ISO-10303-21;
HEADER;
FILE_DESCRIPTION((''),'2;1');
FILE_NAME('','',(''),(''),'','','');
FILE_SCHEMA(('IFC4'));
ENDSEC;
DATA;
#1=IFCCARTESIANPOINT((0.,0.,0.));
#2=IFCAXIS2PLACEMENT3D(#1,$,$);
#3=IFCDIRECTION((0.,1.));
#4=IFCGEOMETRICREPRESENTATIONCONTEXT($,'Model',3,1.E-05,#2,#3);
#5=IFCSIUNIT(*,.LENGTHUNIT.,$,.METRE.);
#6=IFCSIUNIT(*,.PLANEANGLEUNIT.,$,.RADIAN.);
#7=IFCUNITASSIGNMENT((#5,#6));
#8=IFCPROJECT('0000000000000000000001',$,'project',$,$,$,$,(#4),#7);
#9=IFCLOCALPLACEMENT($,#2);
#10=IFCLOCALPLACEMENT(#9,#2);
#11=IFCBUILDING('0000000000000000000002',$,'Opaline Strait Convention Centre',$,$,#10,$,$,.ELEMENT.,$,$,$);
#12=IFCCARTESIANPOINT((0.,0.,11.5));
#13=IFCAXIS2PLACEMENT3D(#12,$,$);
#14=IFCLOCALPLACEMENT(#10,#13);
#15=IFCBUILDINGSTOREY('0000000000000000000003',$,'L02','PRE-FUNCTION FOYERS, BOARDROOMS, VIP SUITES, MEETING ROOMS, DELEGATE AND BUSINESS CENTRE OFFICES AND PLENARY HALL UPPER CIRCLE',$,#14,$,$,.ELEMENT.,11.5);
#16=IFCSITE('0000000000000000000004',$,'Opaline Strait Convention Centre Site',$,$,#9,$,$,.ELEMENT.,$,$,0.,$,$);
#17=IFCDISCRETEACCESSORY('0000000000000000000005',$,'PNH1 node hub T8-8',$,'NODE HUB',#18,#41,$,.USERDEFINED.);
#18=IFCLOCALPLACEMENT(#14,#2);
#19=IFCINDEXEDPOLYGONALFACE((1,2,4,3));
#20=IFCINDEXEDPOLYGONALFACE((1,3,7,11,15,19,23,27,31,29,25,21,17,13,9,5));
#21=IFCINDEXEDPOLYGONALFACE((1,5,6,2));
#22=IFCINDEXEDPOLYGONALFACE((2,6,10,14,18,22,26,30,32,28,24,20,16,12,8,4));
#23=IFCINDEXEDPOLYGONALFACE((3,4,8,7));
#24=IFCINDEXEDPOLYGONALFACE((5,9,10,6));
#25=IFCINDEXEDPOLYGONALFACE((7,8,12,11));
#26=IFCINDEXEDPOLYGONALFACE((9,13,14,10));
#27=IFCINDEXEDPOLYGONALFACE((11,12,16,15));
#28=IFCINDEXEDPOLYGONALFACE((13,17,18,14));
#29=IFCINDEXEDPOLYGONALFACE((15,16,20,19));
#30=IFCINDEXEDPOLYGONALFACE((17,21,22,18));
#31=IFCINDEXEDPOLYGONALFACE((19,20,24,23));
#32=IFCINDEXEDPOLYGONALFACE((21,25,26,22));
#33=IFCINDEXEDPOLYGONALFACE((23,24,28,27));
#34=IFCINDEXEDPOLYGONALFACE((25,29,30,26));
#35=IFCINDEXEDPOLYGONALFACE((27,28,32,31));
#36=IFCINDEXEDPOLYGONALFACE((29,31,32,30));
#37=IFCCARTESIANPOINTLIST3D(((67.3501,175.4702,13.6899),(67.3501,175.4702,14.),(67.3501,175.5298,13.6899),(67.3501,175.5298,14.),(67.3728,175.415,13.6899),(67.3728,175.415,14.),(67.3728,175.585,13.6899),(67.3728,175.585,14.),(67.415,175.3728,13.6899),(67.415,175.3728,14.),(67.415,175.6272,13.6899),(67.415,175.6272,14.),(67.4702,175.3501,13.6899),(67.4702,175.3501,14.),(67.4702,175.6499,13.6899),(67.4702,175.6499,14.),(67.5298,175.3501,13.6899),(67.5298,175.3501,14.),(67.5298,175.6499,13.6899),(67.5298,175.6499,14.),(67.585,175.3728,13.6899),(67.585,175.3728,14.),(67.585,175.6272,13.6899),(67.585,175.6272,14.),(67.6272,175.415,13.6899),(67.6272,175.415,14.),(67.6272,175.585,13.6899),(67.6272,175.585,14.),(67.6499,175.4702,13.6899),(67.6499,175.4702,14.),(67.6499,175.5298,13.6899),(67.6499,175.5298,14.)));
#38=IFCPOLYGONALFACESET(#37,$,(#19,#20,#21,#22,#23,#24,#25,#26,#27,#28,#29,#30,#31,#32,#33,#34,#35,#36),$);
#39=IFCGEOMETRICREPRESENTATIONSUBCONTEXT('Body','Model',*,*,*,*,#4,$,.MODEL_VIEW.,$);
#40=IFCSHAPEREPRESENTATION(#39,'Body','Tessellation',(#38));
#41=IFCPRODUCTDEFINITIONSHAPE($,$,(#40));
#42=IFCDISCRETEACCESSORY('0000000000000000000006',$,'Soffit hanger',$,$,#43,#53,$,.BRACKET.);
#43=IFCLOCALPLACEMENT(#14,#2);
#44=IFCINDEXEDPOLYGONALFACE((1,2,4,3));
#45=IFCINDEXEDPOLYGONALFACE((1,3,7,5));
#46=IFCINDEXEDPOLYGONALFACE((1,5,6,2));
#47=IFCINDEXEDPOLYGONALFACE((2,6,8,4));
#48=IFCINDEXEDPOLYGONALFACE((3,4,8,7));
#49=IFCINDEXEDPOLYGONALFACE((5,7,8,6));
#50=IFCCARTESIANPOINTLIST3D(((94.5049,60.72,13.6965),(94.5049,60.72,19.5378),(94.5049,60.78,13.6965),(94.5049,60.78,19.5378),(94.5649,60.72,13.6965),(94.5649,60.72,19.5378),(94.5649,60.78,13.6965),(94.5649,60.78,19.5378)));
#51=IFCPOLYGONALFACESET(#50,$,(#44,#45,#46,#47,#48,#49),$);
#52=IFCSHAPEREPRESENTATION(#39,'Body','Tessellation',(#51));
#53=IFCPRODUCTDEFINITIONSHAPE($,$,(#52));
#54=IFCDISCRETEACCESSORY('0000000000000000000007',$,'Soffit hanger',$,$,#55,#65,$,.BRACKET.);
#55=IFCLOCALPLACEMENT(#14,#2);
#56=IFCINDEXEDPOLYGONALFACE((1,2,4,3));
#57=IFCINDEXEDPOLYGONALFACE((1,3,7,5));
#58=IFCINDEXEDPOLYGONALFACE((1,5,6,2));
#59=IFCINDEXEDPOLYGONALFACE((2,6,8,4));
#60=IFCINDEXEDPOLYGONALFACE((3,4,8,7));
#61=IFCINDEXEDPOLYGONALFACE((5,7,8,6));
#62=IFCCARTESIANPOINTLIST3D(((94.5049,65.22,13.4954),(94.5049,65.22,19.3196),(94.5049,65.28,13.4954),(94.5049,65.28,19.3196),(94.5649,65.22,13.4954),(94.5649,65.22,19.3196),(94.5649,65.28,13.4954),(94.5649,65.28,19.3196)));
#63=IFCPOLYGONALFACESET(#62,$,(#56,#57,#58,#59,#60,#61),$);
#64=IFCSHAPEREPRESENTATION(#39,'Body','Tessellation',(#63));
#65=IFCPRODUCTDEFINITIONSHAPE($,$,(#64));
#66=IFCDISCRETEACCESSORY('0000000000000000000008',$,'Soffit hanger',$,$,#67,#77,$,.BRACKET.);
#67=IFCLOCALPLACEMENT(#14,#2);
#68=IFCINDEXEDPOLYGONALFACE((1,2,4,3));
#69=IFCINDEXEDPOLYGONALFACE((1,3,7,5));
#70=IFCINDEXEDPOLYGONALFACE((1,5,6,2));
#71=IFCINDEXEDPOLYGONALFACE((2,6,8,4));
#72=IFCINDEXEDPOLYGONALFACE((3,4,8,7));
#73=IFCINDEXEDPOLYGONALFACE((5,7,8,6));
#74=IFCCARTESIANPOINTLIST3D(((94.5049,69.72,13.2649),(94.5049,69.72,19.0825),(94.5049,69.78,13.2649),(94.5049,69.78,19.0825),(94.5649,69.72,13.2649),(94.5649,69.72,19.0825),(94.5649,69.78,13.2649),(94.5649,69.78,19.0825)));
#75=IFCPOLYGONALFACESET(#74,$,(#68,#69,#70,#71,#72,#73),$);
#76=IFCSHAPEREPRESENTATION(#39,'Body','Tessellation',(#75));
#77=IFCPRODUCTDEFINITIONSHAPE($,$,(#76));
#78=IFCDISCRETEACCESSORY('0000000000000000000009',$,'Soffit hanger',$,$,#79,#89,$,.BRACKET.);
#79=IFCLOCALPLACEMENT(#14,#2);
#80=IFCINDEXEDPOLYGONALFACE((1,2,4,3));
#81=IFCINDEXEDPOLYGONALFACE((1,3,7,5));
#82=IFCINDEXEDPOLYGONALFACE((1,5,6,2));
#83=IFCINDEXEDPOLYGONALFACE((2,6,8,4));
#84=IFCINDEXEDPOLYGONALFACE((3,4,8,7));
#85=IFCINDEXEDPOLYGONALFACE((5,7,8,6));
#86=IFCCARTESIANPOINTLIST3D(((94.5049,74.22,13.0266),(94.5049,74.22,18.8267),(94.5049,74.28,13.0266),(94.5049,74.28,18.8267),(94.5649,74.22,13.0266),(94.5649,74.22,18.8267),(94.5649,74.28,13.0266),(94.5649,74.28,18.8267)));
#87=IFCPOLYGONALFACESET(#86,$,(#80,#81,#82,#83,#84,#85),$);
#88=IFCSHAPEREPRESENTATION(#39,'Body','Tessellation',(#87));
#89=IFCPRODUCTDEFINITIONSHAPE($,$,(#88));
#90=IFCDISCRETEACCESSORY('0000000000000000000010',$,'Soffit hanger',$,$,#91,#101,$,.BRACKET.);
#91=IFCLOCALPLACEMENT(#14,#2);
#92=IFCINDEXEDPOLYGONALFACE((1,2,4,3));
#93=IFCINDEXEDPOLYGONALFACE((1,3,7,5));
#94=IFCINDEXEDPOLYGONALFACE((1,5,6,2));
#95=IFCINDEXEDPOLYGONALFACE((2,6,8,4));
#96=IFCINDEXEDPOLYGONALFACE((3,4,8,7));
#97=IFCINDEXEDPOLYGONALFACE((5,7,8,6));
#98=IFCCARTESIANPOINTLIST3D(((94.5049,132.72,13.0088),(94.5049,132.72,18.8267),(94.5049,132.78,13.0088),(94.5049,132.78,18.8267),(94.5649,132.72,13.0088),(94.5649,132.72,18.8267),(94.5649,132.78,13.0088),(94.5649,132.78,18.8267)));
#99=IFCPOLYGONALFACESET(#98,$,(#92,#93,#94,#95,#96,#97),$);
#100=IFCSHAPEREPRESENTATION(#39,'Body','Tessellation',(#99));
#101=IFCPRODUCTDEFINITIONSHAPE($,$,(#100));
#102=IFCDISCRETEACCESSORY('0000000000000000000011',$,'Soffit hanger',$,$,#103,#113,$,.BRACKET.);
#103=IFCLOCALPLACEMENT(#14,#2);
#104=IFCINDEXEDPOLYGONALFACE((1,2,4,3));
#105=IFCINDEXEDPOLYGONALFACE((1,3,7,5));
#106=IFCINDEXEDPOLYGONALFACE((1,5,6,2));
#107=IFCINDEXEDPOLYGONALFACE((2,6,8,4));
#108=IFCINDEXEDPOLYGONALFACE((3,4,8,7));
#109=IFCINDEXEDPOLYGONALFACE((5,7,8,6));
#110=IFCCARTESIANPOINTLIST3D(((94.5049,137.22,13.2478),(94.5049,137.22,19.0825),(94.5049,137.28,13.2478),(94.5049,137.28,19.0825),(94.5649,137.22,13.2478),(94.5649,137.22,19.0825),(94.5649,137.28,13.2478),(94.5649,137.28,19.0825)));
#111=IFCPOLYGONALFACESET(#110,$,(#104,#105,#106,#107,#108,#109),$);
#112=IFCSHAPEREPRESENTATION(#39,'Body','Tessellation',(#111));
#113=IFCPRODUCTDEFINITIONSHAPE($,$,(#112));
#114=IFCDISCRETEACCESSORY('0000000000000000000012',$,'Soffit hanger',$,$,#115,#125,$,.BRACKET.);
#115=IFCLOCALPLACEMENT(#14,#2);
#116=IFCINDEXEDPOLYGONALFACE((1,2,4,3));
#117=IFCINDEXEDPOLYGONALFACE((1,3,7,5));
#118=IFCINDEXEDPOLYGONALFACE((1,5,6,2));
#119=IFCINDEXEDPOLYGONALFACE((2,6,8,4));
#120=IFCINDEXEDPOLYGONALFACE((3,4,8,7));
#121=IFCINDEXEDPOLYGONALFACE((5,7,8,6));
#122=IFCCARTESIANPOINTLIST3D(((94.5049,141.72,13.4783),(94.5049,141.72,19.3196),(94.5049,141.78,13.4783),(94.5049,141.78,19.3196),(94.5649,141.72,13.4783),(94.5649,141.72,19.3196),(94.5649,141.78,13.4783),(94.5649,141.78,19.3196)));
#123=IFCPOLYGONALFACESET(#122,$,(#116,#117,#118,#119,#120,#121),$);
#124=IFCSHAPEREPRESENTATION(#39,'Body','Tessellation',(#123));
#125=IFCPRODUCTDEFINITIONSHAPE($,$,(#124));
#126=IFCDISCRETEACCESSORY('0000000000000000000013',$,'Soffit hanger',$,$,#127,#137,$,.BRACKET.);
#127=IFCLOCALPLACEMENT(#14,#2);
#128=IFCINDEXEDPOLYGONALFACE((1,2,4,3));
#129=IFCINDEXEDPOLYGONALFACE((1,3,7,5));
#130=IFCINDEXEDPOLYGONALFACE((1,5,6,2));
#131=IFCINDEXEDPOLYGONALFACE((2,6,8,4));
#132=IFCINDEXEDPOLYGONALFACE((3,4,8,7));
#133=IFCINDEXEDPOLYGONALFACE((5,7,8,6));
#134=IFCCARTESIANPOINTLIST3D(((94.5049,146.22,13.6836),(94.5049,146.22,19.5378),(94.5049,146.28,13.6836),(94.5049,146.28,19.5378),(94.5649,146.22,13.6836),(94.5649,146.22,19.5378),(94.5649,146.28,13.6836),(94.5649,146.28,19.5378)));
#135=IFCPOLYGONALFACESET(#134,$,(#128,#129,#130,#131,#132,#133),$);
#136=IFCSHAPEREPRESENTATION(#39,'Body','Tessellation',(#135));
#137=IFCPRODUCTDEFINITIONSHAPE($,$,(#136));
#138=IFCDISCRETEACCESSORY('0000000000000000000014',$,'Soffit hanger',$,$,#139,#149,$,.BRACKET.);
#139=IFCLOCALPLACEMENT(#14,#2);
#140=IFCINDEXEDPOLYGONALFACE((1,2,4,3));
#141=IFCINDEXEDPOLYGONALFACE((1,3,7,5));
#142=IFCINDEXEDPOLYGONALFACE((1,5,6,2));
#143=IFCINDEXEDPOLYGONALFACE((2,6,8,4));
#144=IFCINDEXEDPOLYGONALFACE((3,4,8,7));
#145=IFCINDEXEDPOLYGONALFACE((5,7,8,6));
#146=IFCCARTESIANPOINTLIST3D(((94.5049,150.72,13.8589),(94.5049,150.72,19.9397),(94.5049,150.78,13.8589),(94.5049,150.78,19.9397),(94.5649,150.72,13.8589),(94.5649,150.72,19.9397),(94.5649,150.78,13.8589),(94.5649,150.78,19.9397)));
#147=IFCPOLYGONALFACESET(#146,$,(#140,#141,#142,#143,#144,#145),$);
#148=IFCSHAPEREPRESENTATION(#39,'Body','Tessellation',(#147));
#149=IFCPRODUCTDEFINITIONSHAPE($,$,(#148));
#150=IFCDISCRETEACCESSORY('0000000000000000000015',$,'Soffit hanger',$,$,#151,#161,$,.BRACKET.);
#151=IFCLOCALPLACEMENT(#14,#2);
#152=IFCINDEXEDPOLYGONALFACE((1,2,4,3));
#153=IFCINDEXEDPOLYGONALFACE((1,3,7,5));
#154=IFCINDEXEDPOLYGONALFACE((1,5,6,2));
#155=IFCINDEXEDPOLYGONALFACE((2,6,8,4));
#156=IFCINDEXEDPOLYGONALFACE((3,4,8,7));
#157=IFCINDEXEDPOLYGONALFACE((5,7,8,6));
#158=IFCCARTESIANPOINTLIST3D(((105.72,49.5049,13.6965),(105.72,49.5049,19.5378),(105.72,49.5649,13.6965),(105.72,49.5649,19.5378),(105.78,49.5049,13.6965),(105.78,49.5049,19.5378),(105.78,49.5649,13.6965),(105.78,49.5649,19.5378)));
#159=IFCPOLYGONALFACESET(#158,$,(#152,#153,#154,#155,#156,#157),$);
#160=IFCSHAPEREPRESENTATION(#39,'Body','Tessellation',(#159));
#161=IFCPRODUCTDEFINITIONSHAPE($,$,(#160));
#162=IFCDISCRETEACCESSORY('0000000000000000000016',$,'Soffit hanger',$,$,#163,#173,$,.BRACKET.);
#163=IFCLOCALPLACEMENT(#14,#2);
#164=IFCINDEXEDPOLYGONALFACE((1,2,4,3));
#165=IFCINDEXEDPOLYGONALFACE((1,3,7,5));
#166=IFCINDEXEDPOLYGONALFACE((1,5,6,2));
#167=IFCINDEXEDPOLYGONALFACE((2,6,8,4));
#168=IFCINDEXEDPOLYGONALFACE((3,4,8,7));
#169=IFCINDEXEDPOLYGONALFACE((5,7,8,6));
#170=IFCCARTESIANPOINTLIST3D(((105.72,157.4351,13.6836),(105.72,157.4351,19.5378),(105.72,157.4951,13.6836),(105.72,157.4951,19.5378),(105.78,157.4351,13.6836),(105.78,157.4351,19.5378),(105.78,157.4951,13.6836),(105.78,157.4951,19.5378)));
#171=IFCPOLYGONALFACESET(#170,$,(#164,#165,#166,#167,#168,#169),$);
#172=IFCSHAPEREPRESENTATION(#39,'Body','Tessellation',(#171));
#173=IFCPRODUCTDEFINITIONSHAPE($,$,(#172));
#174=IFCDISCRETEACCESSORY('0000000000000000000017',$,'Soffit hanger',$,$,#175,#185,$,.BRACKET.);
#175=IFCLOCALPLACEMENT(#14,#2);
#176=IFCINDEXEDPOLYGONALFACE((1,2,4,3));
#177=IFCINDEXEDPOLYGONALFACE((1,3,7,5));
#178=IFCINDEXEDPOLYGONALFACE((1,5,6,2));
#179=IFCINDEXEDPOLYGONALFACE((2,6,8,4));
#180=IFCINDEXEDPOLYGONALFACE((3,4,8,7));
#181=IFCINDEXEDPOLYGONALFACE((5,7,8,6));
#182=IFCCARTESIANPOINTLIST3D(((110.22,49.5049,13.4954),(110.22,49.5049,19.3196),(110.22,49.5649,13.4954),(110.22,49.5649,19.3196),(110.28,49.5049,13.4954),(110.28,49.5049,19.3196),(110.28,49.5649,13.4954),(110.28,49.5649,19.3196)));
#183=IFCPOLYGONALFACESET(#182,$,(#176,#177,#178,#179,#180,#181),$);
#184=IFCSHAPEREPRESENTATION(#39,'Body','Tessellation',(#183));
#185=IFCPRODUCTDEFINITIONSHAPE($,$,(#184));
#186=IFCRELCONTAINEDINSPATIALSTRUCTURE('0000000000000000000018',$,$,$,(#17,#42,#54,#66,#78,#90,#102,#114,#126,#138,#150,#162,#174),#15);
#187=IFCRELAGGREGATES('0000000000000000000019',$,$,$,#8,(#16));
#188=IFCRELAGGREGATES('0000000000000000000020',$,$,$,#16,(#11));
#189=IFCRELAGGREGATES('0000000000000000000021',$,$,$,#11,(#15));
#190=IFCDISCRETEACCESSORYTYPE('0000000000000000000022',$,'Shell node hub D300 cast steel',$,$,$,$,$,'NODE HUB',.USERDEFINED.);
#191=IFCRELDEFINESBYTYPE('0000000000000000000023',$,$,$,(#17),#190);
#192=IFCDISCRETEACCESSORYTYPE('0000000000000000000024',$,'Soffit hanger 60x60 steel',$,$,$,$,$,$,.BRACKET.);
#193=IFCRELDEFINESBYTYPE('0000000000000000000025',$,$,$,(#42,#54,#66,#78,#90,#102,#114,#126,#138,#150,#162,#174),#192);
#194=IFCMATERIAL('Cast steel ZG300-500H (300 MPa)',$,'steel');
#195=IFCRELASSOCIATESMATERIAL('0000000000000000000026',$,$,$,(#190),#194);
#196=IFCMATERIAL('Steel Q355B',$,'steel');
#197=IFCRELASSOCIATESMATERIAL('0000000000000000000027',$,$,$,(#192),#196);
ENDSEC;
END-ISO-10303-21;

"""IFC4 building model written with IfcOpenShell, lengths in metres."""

from ifc_helpers import new_model, si_unit, direction, frame, origin, place, context, subcontext, project, spatial, polyline, outline, extrude, material, type_object, element, save


model = new_model("IFC4")

# Units and contexts
model_context = context("Model", 3, precision=1e-05, world=origin(), true_north=direction((0.0, 1.0)))
body_context = subcontext(model_context, "Body", "Model", "MODEL_VIEW")
ifc_project = project(units=[si_unit("LENGTHUNIT", "METRE"), si_unit("PLANEANGLEUNIT", "RADIAN")], contexts=[model_context])

# Site, building, storey
site_placement = place(None, origin())
site = spatial("IfcSite", under=ifc_project, at=site_placement, Name="Opaline Strait Convention Centre Site", CompositionType="ELEMENT", RefElevation=0.0)
building_placement = place(site_placement, origin())
building = spatial("IfcBuilding", under=site, at=building_placement, Name="Opaline Strait Convention Centre", CompositionType="ELEMENT")
storey_placement = place(building_placement, frame((0.0, 0.0, 11.5)))
storey = spatial("IfcBuildingStorey", under=building, at=storey_placement, Name="L02", Description="PRE-FUNCTION FOYERS, BOARDROOMS, VIP SUITES, MEETING ROOMS, DELEGATE AND BUSINESS CENTRE OFFICES AND PLENARY HALL UPPER CIRCLE", CompositionType="ELEMENT", Elevation=11.5)

# Discrete accessories
ifc_material_1 = material(Name="Cast steel ZG300-500H (300 MPa)", Category="steel")
discrete_accessory_type_1 = type_object("IfcDiscreteAccessoryType", Name="Shell node hub D300 cast steel", ElementType="NODE HUB", PredefinedType="USERDEFINED", material=ifc_material_1)
discrete_accessory_1_placement = place(storey_placement, frame((0.0, 0.0, 13.6899)))
element("IfcDiscreteAccessory", 1, at=discrete_accessory_1_placement, inside=storey, type_object=discrete_accessory_type_1, Name="PNH1 node hub T8-8", ObjectType="NODE HUB", PredefinedType="USERDEFINED", context=body_context, shape_type="SweptSolid", body=[
    extrude(outline(polyline([(67.6499, 175.5298), (67.6272, 175.585), (67.585, 175.6272), (67.5298, 175.6499), (67.4702, 175.6499), (67.415, 175.6272), (67.3728, 175.585), (67.3501, 175.5298), (67.3501, 175.4702), (67.3728, 175.415), (67.415, 175.3728), (67.4702, 175.3501), (67.5298, 175.3501), (67.585, 175.3728), (67.6272, 175.415), (67.6499, 175.4702), (67.6499, 175.5298)])), origin(), (0.0, 0.0, 1.0), 0.3101),
])
ifc_material_2 = material(Name="Steel Q355B", Category="steel")
discrete_accessory_type_2 = type_object("IfcDiscreteAccessoryType", Name="Soffit hanger 60x60 steel", PredefinedType="BRACKET", material=ifc_material_2)
discrete_accessory_2_placement = place(storey_placement, frame((0.0, 0.0, 13.6965)))
element("IfcDiscreteAccessory", 2, at=discrete_accessory_2_placement, inside=storey, type_object=discrete_accessory_type_2, Name="Soffit hanger", PredefinedType="BRACKET", context=body_context, shape_type="SweptSolid", body=[
    extrude(outline(polyline([(94.5049, 60.72), (94.5649, 60.72), (94.5649, 60.78), (94.5049, 60.78), (94.5049, 60.72)])), origin(), (0.0, 0.0, 1.0), 5.8413),
])
discrete_accessory_3_placement = place(storey_placement, frame((0.0, 0.0, 13.4954)))
element("IfcDiscreteAccessory", 3, at=discrete_accessory_3_placement, inside=storey, type_object=discrete_accessory_type_2, Name="Soffit hanger", PredefinedType="BRACKET", context=body_context, shape_type="SweptSolid", body=[
    extrude(outline(polyline([(94.5049, 65.22), (94.5649, 65.22), (94.5649, 65.28), (94.5049, 65.28), (94.5049, 65.22)])), origin(), (0.0, 0.0, 1.0), 5.8242),
])
discrete_accessory_4_placement = place(storey_placement, frame((0.0, 0.0, 13.2649)))
element("IfcDiscreteAccessory", 4, at=discrete_accessory_4_placement, inside=storey, type_object=discrete_accessory_type_2, Name="Soffit hanger", PredefinedType="BRACKET", context=body_context, shape_type="SweptSolid", body=[
    extrude(outline(polyline([(94.5049, 69.72), (94.5649, 69.72), (94.5649, 69.78), (94.5049, 69.78), (94.5049, 69.72)])), origin(), (0.0, 0.0, 1.0), 5.8176),
])
discrete_accessory_5_placement = place(storey_placement, frame((0.0, 0.0, 13.0266)))
element("IfcDiscreteAccessory", 5, at=discrete_accessory_5_placement, inside=storey, type_object=discrete_accessory_type_2, Name="Soffit hanger", PredefinedType="BRACKET", context=body_context, shape_type="SweptSolid", body=[
    extrude(outline(polyline([(94.5049, 74.22), (94.5649, 74.22), (94.5649, 74.28), (94.5049, 74.28), (94.5049, 74.22)])), origin(), (0.0, 0.0, 1.0), 5.8),
])
discrete_accessory_6_placement = place(storey_placement, frame((0.0, 0.0, 13.0088)))
element("IfcDiscreteAccessory", 6, at=discrete_accessory_6_placement, inside=storey, type_object=discrete_accessory_type_2, Name="Soffit hanger", PredefinedType="BRACKET", context=body_context, shape_type="SweptSolid", body=[
    extrude(outline(polyline([(94.5049, 132.72), (94.5649, 132.72), (94.5649, 132.78), (94.5049, 132.78), (94.5049, 132.72)])), origin(), (0.0, 0.0, 1.0), 5.8179),
])
discrete_accessory_7_placement = place(storey_placement, frame((0.0, 0.0, 13.2478)))
element("IfcDiscreteAccessory", 7, at=discrete_accessory_7_placement, inside=storey, type_object=discrete_accessory_type_2, Name="Soffit hanger", PredefinedType="BRACKET", context=body_context, shape_type="SweptSolid", body=[
    extrude(outline(polyline([(94.5049, 137.22), (94.5649, 137.22), (94.5649, 137.28), (94.5049, 137.28), (94.5049, 137.22)])), origin(), (0.0, 0.0, 1.0), 5.8347),
])
discrete_accessory_8_placement = place(storey_placement, frame((0.0, 0.0, 13.4783)))
element("IfcDiscreteAccessory", 8, at=discrete_accessory_8_placement, inside=storey, type_object=discrete_accessory_type_2, Name="Soffit hanger", PredefinedType="BRACKET", context=body_context, shape_type="SweptSolid", body=[
    extrude(outline(polyline([(94.5049, 141.72), (94.5649, 141.72), (94.5649, 141.78), (94.5049, 141.78), (94.5049, 141.72)])), origin(), (0.0, 0.0, 1.0), 5.8413),
])
discrete_accessory_9_placement = place(storey_placement, frame((0.0, 0.0, 13.6836)))
element("IfcDiscreteAccessory", 9, at=discrete_accessory_9_placement, inside=storey, type_object=discrete_accessory_type_2, Name="Soffit hanger", PredefinedType="BRACKET", context=body_context, shape_type="SweptSolid", body=[
    extrude(outline(polyline([(94.5049, 146.22), (94.5649, 146.22), (94.5649, 146.28), (94.5049, 146.28), (94.5049, 146.22)])), origin(), (0.0, 0.0, 1.0), 5.8542),
])
discrete_accessory_10_placement = place(storey_placement, frame((0.0, 0.0, 13.8589)))
element("IfcDiscreteAccessory", 10, at=discrete_accessory_10_placement, inside=storey, type_object=discrete_accessory_type_2, Name="Soffit hanger", PredefinedType="BRACKET", context=body_context, shape_type="SweptSolid", body=[
    extrude(outline(polyline([(94.5049, 150.72), (94.5649, 150.72), (94.5649, 150.78), (94.5049, 150.78), (94.5049, 150.72)])), origin(), (0.0, 0.0, 1.0), 6.0808),
])
discrete_accessory_11_placement = place(storey_placement, frame((0.0, 0.0, 13.6965)))
element("IfcDiscreteAccessory", 11, at=discrete_accessory_11_placement, inside=storey, type_object=discrete_accessory_type_2, Name="Soffit hanger", PredefinedType="BRACKET", context=body_context, shape_type="SweptSolid", body=[
    extrude(outline(polyline([(105.72, 49.5049), (105.78, 49.5049), (105.78, 49.5649), (105.72, 49.5649), (105.72, 49.5049)])), origin(), (0.0, 0.0, 1.0), 5.8413),
])
discrete_accessory_12_placement = place(storey_placement, frame((0.0, 0.0, 13.6836)))
element("IfcDiscreteAccessory", 12, at=discrete_accessory_12_placement, inside=storey, type_object=discrete_accessory_type_2, Name="Soffit hanger", PredefinedType="BRACKET", context=body_context, shape_type="SweptSolid", body=[
    extrude(outline(polyline([(105.72, 157.4351), (105.78, 157.4351), (105.78, 157.4951), (105.72, 157.4951), (105.72, 157.4351)])), origin(), (0.0, 0.0, 1.0), 5.8542),
])
discrete_accessory_13_placement = place(storey_placement, frame((0.0, 0.0, 13.4954)))
element("IfcDiscreteAccessory", 13, at=discrete_accessory_13_placement, inside=storey, type_object=discrete_accessory_type_2, Name="Soffit hanger", PredefinedType="BRACKET", context=body_context, shape_type="SweptSolid", body=[
    extrude(outline(polyline([(110.22, 49.5049), (110.28, 49.5049), (110.28, 49.5649), (110.22, 49.5649), (110.22, 49.5049)])), origin(), (0.0, 0.0, 1.0), 5.8242),
])

save(model, "model.ifc")
